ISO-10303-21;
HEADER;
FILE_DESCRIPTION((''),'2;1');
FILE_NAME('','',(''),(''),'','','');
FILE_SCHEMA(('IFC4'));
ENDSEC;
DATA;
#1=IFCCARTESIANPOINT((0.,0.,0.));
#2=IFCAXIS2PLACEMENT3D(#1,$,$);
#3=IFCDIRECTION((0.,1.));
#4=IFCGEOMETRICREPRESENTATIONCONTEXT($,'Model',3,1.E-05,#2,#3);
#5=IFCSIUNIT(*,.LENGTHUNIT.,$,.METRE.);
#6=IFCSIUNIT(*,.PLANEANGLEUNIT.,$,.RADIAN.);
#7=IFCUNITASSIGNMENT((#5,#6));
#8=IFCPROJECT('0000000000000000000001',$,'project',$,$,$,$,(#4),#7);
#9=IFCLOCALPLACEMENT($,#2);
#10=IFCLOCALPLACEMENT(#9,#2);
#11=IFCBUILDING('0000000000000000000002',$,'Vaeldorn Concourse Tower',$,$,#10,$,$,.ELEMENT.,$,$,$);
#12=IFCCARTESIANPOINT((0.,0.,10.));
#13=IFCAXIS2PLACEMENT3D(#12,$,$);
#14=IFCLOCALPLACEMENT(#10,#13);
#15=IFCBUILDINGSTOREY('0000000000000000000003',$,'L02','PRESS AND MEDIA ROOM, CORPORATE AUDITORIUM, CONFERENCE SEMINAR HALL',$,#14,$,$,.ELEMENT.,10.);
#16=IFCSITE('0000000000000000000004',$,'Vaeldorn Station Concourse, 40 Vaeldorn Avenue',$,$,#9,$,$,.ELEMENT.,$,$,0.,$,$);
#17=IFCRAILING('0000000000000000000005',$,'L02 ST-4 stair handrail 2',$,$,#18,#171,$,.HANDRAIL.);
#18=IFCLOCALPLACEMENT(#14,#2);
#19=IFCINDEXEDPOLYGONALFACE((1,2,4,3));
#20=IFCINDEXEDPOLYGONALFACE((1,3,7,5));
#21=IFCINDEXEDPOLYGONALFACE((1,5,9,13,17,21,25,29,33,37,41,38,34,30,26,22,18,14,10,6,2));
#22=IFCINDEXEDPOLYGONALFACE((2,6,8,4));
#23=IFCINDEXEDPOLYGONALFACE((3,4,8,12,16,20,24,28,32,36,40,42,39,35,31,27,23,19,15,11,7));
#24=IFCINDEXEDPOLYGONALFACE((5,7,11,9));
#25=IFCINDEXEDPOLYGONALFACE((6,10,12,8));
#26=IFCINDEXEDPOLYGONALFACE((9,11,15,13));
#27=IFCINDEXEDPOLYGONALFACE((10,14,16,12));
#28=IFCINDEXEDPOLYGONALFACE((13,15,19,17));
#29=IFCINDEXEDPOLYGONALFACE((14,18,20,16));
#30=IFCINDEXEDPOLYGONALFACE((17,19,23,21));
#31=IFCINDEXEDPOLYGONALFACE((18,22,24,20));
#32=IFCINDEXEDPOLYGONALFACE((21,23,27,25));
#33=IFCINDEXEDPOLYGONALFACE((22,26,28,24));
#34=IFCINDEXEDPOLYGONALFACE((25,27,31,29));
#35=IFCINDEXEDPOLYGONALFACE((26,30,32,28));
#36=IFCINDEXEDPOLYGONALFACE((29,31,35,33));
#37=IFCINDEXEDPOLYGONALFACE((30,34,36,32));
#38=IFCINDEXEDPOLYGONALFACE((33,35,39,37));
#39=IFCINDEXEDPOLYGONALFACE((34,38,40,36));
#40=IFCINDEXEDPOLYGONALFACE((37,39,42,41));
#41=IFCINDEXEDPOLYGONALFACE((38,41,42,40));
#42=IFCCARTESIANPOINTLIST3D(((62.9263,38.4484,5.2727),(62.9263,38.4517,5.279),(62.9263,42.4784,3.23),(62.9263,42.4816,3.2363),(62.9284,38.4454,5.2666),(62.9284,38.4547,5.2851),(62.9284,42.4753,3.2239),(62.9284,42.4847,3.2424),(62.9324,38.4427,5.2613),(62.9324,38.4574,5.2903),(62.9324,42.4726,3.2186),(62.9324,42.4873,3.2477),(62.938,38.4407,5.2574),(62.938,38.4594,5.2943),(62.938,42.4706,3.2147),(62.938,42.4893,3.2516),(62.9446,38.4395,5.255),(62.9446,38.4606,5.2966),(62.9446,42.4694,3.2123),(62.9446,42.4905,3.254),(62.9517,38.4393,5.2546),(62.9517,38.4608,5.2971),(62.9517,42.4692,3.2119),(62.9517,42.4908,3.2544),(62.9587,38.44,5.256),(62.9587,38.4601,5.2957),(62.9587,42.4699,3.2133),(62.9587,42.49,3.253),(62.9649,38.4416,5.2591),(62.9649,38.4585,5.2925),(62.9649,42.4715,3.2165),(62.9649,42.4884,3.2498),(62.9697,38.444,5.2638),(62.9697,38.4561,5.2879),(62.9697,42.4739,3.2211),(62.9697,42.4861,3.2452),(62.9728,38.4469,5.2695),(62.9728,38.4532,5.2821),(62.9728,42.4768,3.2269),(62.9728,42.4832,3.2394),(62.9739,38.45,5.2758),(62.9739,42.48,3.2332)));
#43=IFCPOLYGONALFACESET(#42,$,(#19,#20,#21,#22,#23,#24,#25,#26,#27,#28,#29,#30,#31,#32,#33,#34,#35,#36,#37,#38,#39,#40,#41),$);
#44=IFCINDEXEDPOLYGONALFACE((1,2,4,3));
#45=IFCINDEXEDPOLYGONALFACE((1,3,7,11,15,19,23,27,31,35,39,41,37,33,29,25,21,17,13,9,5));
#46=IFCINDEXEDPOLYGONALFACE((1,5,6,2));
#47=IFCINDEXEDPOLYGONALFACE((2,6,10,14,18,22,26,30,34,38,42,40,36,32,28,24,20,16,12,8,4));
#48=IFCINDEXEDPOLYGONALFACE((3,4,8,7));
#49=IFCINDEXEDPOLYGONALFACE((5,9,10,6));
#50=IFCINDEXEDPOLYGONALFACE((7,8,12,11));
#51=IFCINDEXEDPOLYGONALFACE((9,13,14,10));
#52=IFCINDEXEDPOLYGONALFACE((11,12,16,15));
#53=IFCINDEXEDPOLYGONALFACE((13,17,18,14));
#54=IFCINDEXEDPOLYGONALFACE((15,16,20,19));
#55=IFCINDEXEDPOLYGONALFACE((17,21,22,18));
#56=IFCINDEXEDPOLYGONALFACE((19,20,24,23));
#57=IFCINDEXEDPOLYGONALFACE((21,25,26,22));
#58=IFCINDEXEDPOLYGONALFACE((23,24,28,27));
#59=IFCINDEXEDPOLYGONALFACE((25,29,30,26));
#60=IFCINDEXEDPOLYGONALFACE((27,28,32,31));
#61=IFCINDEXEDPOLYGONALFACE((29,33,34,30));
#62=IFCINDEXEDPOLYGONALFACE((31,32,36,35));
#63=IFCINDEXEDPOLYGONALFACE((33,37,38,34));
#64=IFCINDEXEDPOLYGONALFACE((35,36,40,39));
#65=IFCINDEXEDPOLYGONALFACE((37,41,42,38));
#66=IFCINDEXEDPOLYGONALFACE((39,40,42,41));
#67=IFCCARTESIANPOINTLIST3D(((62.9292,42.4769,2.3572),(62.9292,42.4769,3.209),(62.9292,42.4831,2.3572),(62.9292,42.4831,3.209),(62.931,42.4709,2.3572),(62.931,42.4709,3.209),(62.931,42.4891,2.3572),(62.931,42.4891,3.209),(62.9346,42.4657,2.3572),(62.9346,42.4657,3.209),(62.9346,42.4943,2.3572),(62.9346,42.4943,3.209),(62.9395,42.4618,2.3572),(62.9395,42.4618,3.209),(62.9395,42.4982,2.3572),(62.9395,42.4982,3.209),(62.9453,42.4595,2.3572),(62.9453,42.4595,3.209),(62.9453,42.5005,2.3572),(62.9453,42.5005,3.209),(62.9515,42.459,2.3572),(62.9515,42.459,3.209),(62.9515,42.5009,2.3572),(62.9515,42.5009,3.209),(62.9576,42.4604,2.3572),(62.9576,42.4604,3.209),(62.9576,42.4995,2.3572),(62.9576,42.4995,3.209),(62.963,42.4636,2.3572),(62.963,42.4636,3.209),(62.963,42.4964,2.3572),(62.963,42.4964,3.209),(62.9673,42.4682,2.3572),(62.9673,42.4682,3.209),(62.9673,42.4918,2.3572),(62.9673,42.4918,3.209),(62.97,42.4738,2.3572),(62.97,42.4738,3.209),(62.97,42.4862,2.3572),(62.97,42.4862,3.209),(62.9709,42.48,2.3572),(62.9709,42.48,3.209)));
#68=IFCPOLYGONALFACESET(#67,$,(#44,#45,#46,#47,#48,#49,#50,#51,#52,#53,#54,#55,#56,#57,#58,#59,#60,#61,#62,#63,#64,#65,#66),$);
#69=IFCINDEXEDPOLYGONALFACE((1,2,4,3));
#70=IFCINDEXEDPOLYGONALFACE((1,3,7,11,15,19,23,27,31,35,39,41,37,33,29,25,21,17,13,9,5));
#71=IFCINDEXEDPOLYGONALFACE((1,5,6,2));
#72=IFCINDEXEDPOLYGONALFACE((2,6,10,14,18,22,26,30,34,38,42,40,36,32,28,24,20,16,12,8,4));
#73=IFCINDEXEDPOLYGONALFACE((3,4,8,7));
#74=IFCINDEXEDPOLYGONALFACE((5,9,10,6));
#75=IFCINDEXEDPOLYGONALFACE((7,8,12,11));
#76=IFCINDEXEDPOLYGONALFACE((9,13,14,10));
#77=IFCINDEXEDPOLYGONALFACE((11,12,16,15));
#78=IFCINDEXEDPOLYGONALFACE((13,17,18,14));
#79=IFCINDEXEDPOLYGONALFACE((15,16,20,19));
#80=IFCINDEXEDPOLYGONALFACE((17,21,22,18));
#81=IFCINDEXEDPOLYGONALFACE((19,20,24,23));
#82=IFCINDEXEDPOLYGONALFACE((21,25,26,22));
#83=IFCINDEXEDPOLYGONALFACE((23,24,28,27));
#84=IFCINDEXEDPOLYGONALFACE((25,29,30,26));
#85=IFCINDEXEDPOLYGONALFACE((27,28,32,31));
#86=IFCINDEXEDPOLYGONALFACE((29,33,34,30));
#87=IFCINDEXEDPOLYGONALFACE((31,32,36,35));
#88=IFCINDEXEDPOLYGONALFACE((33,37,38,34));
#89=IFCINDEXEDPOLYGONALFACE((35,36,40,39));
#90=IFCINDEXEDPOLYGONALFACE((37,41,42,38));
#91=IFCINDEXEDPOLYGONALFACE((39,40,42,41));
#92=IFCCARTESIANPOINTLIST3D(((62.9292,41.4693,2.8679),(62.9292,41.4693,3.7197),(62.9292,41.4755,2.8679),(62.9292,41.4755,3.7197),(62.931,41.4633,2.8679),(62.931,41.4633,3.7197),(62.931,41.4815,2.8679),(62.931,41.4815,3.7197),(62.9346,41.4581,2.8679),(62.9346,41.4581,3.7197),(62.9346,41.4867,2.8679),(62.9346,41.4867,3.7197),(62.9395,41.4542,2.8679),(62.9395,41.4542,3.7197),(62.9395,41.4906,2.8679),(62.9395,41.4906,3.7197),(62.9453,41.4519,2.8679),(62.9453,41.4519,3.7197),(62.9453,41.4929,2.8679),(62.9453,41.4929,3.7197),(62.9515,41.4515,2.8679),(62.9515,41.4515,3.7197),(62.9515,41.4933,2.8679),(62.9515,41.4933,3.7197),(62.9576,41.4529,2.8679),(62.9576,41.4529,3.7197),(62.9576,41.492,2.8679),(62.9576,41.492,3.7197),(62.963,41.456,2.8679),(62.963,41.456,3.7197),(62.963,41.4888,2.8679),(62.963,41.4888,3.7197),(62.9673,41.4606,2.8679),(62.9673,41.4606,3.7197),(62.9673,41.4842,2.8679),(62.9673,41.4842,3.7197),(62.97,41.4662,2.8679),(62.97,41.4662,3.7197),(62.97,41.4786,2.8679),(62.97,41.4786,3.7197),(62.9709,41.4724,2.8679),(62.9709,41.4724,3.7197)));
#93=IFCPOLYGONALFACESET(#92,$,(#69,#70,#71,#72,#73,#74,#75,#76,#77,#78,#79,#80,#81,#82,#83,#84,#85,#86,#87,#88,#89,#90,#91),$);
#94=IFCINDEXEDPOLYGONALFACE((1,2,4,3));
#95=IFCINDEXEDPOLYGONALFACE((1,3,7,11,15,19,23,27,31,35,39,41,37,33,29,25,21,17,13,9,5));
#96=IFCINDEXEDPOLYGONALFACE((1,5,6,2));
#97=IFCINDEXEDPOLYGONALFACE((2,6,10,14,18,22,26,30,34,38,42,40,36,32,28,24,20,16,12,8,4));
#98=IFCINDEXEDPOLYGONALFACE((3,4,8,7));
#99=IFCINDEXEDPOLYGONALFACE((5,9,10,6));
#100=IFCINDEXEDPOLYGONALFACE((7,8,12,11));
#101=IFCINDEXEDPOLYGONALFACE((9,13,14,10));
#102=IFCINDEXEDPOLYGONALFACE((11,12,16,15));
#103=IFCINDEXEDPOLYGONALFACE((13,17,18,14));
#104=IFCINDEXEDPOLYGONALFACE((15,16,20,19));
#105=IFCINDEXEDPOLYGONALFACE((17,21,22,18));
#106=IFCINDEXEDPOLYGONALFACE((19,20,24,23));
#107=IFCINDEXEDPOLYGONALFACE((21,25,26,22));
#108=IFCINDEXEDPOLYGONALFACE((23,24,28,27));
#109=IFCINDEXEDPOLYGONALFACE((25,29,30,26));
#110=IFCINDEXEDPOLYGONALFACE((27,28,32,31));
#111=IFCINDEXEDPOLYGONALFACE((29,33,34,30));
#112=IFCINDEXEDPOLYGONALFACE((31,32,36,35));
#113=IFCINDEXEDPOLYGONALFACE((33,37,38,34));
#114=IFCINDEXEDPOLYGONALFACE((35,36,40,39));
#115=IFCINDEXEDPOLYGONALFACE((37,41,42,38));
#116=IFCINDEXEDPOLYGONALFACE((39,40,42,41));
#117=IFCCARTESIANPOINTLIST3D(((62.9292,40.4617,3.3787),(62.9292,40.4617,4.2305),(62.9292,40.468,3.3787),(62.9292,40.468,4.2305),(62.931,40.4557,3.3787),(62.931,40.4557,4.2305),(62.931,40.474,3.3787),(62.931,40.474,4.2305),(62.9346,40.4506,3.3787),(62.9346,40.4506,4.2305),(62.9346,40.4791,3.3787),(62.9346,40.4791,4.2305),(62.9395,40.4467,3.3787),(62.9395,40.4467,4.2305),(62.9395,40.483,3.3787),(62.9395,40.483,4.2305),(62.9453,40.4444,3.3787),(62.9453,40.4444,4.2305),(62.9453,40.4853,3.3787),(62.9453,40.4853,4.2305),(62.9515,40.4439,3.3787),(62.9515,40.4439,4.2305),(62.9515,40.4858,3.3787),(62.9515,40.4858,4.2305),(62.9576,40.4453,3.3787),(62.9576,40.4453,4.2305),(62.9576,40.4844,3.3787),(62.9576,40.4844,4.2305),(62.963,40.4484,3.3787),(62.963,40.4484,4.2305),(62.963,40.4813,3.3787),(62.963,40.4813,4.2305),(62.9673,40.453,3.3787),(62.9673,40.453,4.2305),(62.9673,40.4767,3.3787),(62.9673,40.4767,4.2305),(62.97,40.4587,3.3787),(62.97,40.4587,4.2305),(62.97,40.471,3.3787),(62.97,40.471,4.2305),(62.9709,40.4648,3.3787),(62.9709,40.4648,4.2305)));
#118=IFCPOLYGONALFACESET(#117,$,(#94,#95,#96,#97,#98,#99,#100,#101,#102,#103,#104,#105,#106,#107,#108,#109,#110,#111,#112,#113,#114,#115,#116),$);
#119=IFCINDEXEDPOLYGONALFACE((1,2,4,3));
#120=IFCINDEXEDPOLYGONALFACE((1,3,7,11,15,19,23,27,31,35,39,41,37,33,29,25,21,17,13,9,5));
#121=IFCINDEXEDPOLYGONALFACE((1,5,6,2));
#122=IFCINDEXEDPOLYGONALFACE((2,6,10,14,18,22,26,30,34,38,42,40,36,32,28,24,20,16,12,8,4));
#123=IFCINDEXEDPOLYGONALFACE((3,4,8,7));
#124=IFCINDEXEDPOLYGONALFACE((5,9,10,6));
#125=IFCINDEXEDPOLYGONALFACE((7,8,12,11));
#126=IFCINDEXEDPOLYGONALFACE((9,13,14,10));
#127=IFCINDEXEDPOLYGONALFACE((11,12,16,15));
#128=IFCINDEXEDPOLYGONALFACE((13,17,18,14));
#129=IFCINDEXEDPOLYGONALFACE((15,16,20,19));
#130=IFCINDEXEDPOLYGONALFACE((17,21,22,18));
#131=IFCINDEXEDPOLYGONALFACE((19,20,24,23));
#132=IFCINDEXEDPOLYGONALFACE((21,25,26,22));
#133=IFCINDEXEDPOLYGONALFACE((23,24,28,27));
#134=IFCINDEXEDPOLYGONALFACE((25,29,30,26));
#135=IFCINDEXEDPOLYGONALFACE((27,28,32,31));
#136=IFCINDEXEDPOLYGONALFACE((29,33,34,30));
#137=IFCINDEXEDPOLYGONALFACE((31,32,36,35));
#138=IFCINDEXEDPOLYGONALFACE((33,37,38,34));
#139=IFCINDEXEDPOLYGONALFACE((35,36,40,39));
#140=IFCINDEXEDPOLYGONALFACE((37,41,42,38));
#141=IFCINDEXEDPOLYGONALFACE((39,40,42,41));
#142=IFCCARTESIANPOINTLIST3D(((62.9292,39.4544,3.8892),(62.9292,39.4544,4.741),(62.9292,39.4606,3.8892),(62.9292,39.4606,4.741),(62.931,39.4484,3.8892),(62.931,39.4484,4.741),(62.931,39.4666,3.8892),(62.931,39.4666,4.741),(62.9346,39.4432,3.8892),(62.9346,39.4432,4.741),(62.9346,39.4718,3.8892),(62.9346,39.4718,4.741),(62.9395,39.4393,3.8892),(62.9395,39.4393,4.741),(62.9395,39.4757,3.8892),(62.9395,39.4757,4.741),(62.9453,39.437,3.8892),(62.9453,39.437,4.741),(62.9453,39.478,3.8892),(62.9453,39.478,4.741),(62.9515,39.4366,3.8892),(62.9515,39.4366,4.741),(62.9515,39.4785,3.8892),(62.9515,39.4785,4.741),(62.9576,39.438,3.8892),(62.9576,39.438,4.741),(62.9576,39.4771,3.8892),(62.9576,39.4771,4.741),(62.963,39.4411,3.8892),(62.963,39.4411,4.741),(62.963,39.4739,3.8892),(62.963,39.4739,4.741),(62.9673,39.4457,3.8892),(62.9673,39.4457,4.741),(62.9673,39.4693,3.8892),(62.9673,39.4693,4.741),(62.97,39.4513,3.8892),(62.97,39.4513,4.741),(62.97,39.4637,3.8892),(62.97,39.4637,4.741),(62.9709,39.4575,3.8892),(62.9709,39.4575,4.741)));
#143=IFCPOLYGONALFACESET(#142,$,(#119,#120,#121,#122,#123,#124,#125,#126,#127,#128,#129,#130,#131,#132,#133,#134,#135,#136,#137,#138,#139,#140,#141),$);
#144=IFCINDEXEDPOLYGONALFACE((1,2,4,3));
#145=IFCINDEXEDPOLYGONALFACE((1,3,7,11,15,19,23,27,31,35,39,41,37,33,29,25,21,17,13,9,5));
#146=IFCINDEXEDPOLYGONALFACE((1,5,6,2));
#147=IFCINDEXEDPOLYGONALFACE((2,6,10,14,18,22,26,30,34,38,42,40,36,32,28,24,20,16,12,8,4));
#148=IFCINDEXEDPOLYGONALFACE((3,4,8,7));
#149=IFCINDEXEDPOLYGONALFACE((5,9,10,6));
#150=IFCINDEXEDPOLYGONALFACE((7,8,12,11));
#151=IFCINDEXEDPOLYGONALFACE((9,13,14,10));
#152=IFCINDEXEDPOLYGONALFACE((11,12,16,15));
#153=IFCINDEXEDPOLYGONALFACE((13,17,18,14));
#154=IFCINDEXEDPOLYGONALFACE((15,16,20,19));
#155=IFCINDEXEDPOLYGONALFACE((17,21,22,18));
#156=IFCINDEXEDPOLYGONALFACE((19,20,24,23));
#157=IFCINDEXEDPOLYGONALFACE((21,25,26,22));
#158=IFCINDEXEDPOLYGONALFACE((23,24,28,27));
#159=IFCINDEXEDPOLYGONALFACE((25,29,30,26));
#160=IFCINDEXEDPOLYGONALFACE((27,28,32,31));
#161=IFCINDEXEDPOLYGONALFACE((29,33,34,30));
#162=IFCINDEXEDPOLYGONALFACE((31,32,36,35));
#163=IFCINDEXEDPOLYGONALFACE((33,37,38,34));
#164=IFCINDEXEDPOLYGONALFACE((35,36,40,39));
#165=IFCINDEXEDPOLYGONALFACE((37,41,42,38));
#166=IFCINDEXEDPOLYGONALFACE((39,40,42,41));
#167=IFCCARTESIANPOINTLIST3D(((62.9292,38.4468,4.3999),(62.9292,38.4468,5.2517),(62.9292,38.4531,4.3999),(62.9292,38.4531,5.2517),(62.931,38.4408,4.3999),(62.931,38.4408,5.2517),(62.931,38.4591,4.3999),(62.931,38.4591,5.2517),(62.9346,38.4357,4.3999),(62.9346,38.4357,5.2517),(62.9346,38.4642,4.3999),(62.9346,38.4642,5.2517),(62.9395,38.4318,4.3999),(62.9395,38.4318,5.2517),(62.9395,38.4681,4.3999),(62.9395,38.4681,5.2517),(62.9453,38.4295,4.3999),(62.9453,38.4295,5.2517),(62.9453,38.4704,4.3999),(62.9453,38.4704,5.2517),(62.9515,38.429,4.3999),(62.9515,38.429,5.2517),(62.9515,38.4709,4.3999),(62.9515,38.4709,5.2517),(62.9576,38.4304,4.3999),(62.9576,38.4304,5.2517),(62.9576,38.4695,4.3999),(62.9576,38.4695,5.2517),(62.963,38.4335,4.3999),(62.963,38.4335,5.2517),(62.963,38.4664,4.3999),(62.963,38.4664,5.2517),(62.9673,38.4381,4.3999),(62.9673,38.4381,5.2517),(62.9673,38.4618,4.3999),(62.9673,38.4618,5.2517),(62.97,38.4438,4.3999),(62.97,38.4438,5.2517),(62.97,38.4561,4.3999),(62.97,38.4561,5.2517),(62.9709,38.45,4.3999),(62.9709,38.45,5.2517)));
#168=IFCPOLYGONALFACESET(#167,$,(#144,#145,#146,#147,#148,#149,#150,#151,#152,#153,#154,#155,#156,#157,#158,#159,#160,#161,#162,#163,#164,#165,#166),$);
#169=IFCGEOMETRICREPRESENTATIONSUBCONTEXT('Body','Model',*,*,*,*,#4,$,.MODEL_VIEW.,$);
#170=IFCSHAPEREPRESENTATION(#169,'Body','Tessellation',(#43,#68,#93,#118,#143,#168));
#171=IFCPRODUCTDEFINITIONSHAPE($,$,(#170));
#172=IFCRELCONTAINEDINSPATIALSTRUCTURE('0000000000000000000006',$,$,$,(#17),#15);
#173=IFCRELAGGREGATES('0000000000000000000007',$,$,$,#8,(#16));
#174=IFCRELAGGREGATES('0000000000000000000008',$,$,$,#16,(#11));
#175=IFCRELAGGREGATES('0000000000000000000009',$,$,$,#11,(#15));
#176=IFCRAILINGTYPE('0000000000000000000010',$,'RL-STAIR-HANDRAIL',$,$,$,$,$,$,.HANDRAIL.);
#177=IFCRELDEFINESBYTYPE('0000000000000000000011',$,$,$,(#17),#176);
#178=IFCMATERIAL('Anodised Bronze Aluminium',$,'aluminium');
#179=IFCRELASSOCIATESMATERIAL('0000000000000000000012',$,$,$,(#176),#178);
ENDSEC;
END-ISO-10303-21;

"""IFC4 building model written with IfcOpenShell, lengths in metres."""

from ifc_helpers import new_model, si_unit, direction, frame, origin, origin_2d, place, context, subcontext, project, spatial, circle, extrude, material, type_object, element, save


model = new_model("IFC4")

# Units and contexts
model_context = context("Model", 3, precision=1e-05, world=origin(), true_north=direction((0.0, 1.0)))
body_context = subcontext(model_context, "Body", "Model", "MODEL_VIEW")
ifc_project = project(units=[si_unit("LENGTHUNIT", "METRE"), si_unit("PLANEANGLEUNIT", "RADIAN")], contexts=[model_context])

# Site, building, storey
site_placement = place(None, origin())
site = spatial("IfcSite", under=ifc_project, at=site_placement, Name="Vaeldorn Station Concourse, 40 Vaeldorn Avenue", CompositionType="ELEMENT", RefElevation=0.0)
building_placement = place(site_placement, origin())
building = spatial("IfcBuilding", under=site, at=building_placement, Name="Vaeldorn Concourse Tower", CompositionType="ELEMENT")
storey_placement = place(building_placement, frame((0.0, 0.0, 10.0)))
storey = spatial("IfcBuildingStorey", under=building, at=storey_placement, Name="L02", Description="PRESS AND MEDIA ROOM, CORPORATE AUDITORIUM, CONFERENCE SEMINAR HALL", CompositionType="ELEMENT", Elevation=10.0)

# Shared definitions
ifc_material_1 = material(Name="Anodised Bronze Aluminium", Category="aluminium")

# Railing
railing_type_1 = type_object("IfcRailingType", Name="RL-STAIR-HANDRAIL", PredefinedType="HANDRAIL", material=ifc_material_1)
railing_1_placement = place(storey_placement, frame((62.95, 42.48, 2.3572)))
element("IfcRailing", 1, at=railing_1_placement, inside=storey, type_object=railing_type_1, Name="L02 ST-4 stair handrail 2", PredefinedType="HANDRAIL", context=body_context, shape_type="SweptSolid", body=[
    extrude(circle(Radius=0.0239, at=origin_2d()), frame((0.0, 0.0, 0.876), z_axis=(0.0, -0.891961, 0.452113), x_axis=(1.0, 0.0, 0.0)), (0.0, 0.0, 1.0), 4.5181),
    extrude(circle(Radius=0.021, at=origin_2d()), origin(), (0.0, 0.0, 1.0), 0.8518),
    extrude(circle(Radius=0.021, at=origin_2d()), frame((0.0, -1.0076, 0.5107)), (0.0, 0.0, 1.0), 0.8518),
    extrude(circle(Radius=0.021, at=origin_2d()), frame((0.0, -2.0151, 1.0215)), (0.0, 0.0, 1.0), 0.8518),
    extrude(circle(Radius=0.021, at=origin_2d()), frame((0.0, -3.0225, 1.532)), (0.0, 0.0, 1.0), 0.8518),
    extrude(circle(Radius=0.021, at=origin_2d()), frame((0.0, -4.03, 2.0427)), (0.0, 0.0, 1.0), 0.8518),
])

save(model, "model.ifc")
